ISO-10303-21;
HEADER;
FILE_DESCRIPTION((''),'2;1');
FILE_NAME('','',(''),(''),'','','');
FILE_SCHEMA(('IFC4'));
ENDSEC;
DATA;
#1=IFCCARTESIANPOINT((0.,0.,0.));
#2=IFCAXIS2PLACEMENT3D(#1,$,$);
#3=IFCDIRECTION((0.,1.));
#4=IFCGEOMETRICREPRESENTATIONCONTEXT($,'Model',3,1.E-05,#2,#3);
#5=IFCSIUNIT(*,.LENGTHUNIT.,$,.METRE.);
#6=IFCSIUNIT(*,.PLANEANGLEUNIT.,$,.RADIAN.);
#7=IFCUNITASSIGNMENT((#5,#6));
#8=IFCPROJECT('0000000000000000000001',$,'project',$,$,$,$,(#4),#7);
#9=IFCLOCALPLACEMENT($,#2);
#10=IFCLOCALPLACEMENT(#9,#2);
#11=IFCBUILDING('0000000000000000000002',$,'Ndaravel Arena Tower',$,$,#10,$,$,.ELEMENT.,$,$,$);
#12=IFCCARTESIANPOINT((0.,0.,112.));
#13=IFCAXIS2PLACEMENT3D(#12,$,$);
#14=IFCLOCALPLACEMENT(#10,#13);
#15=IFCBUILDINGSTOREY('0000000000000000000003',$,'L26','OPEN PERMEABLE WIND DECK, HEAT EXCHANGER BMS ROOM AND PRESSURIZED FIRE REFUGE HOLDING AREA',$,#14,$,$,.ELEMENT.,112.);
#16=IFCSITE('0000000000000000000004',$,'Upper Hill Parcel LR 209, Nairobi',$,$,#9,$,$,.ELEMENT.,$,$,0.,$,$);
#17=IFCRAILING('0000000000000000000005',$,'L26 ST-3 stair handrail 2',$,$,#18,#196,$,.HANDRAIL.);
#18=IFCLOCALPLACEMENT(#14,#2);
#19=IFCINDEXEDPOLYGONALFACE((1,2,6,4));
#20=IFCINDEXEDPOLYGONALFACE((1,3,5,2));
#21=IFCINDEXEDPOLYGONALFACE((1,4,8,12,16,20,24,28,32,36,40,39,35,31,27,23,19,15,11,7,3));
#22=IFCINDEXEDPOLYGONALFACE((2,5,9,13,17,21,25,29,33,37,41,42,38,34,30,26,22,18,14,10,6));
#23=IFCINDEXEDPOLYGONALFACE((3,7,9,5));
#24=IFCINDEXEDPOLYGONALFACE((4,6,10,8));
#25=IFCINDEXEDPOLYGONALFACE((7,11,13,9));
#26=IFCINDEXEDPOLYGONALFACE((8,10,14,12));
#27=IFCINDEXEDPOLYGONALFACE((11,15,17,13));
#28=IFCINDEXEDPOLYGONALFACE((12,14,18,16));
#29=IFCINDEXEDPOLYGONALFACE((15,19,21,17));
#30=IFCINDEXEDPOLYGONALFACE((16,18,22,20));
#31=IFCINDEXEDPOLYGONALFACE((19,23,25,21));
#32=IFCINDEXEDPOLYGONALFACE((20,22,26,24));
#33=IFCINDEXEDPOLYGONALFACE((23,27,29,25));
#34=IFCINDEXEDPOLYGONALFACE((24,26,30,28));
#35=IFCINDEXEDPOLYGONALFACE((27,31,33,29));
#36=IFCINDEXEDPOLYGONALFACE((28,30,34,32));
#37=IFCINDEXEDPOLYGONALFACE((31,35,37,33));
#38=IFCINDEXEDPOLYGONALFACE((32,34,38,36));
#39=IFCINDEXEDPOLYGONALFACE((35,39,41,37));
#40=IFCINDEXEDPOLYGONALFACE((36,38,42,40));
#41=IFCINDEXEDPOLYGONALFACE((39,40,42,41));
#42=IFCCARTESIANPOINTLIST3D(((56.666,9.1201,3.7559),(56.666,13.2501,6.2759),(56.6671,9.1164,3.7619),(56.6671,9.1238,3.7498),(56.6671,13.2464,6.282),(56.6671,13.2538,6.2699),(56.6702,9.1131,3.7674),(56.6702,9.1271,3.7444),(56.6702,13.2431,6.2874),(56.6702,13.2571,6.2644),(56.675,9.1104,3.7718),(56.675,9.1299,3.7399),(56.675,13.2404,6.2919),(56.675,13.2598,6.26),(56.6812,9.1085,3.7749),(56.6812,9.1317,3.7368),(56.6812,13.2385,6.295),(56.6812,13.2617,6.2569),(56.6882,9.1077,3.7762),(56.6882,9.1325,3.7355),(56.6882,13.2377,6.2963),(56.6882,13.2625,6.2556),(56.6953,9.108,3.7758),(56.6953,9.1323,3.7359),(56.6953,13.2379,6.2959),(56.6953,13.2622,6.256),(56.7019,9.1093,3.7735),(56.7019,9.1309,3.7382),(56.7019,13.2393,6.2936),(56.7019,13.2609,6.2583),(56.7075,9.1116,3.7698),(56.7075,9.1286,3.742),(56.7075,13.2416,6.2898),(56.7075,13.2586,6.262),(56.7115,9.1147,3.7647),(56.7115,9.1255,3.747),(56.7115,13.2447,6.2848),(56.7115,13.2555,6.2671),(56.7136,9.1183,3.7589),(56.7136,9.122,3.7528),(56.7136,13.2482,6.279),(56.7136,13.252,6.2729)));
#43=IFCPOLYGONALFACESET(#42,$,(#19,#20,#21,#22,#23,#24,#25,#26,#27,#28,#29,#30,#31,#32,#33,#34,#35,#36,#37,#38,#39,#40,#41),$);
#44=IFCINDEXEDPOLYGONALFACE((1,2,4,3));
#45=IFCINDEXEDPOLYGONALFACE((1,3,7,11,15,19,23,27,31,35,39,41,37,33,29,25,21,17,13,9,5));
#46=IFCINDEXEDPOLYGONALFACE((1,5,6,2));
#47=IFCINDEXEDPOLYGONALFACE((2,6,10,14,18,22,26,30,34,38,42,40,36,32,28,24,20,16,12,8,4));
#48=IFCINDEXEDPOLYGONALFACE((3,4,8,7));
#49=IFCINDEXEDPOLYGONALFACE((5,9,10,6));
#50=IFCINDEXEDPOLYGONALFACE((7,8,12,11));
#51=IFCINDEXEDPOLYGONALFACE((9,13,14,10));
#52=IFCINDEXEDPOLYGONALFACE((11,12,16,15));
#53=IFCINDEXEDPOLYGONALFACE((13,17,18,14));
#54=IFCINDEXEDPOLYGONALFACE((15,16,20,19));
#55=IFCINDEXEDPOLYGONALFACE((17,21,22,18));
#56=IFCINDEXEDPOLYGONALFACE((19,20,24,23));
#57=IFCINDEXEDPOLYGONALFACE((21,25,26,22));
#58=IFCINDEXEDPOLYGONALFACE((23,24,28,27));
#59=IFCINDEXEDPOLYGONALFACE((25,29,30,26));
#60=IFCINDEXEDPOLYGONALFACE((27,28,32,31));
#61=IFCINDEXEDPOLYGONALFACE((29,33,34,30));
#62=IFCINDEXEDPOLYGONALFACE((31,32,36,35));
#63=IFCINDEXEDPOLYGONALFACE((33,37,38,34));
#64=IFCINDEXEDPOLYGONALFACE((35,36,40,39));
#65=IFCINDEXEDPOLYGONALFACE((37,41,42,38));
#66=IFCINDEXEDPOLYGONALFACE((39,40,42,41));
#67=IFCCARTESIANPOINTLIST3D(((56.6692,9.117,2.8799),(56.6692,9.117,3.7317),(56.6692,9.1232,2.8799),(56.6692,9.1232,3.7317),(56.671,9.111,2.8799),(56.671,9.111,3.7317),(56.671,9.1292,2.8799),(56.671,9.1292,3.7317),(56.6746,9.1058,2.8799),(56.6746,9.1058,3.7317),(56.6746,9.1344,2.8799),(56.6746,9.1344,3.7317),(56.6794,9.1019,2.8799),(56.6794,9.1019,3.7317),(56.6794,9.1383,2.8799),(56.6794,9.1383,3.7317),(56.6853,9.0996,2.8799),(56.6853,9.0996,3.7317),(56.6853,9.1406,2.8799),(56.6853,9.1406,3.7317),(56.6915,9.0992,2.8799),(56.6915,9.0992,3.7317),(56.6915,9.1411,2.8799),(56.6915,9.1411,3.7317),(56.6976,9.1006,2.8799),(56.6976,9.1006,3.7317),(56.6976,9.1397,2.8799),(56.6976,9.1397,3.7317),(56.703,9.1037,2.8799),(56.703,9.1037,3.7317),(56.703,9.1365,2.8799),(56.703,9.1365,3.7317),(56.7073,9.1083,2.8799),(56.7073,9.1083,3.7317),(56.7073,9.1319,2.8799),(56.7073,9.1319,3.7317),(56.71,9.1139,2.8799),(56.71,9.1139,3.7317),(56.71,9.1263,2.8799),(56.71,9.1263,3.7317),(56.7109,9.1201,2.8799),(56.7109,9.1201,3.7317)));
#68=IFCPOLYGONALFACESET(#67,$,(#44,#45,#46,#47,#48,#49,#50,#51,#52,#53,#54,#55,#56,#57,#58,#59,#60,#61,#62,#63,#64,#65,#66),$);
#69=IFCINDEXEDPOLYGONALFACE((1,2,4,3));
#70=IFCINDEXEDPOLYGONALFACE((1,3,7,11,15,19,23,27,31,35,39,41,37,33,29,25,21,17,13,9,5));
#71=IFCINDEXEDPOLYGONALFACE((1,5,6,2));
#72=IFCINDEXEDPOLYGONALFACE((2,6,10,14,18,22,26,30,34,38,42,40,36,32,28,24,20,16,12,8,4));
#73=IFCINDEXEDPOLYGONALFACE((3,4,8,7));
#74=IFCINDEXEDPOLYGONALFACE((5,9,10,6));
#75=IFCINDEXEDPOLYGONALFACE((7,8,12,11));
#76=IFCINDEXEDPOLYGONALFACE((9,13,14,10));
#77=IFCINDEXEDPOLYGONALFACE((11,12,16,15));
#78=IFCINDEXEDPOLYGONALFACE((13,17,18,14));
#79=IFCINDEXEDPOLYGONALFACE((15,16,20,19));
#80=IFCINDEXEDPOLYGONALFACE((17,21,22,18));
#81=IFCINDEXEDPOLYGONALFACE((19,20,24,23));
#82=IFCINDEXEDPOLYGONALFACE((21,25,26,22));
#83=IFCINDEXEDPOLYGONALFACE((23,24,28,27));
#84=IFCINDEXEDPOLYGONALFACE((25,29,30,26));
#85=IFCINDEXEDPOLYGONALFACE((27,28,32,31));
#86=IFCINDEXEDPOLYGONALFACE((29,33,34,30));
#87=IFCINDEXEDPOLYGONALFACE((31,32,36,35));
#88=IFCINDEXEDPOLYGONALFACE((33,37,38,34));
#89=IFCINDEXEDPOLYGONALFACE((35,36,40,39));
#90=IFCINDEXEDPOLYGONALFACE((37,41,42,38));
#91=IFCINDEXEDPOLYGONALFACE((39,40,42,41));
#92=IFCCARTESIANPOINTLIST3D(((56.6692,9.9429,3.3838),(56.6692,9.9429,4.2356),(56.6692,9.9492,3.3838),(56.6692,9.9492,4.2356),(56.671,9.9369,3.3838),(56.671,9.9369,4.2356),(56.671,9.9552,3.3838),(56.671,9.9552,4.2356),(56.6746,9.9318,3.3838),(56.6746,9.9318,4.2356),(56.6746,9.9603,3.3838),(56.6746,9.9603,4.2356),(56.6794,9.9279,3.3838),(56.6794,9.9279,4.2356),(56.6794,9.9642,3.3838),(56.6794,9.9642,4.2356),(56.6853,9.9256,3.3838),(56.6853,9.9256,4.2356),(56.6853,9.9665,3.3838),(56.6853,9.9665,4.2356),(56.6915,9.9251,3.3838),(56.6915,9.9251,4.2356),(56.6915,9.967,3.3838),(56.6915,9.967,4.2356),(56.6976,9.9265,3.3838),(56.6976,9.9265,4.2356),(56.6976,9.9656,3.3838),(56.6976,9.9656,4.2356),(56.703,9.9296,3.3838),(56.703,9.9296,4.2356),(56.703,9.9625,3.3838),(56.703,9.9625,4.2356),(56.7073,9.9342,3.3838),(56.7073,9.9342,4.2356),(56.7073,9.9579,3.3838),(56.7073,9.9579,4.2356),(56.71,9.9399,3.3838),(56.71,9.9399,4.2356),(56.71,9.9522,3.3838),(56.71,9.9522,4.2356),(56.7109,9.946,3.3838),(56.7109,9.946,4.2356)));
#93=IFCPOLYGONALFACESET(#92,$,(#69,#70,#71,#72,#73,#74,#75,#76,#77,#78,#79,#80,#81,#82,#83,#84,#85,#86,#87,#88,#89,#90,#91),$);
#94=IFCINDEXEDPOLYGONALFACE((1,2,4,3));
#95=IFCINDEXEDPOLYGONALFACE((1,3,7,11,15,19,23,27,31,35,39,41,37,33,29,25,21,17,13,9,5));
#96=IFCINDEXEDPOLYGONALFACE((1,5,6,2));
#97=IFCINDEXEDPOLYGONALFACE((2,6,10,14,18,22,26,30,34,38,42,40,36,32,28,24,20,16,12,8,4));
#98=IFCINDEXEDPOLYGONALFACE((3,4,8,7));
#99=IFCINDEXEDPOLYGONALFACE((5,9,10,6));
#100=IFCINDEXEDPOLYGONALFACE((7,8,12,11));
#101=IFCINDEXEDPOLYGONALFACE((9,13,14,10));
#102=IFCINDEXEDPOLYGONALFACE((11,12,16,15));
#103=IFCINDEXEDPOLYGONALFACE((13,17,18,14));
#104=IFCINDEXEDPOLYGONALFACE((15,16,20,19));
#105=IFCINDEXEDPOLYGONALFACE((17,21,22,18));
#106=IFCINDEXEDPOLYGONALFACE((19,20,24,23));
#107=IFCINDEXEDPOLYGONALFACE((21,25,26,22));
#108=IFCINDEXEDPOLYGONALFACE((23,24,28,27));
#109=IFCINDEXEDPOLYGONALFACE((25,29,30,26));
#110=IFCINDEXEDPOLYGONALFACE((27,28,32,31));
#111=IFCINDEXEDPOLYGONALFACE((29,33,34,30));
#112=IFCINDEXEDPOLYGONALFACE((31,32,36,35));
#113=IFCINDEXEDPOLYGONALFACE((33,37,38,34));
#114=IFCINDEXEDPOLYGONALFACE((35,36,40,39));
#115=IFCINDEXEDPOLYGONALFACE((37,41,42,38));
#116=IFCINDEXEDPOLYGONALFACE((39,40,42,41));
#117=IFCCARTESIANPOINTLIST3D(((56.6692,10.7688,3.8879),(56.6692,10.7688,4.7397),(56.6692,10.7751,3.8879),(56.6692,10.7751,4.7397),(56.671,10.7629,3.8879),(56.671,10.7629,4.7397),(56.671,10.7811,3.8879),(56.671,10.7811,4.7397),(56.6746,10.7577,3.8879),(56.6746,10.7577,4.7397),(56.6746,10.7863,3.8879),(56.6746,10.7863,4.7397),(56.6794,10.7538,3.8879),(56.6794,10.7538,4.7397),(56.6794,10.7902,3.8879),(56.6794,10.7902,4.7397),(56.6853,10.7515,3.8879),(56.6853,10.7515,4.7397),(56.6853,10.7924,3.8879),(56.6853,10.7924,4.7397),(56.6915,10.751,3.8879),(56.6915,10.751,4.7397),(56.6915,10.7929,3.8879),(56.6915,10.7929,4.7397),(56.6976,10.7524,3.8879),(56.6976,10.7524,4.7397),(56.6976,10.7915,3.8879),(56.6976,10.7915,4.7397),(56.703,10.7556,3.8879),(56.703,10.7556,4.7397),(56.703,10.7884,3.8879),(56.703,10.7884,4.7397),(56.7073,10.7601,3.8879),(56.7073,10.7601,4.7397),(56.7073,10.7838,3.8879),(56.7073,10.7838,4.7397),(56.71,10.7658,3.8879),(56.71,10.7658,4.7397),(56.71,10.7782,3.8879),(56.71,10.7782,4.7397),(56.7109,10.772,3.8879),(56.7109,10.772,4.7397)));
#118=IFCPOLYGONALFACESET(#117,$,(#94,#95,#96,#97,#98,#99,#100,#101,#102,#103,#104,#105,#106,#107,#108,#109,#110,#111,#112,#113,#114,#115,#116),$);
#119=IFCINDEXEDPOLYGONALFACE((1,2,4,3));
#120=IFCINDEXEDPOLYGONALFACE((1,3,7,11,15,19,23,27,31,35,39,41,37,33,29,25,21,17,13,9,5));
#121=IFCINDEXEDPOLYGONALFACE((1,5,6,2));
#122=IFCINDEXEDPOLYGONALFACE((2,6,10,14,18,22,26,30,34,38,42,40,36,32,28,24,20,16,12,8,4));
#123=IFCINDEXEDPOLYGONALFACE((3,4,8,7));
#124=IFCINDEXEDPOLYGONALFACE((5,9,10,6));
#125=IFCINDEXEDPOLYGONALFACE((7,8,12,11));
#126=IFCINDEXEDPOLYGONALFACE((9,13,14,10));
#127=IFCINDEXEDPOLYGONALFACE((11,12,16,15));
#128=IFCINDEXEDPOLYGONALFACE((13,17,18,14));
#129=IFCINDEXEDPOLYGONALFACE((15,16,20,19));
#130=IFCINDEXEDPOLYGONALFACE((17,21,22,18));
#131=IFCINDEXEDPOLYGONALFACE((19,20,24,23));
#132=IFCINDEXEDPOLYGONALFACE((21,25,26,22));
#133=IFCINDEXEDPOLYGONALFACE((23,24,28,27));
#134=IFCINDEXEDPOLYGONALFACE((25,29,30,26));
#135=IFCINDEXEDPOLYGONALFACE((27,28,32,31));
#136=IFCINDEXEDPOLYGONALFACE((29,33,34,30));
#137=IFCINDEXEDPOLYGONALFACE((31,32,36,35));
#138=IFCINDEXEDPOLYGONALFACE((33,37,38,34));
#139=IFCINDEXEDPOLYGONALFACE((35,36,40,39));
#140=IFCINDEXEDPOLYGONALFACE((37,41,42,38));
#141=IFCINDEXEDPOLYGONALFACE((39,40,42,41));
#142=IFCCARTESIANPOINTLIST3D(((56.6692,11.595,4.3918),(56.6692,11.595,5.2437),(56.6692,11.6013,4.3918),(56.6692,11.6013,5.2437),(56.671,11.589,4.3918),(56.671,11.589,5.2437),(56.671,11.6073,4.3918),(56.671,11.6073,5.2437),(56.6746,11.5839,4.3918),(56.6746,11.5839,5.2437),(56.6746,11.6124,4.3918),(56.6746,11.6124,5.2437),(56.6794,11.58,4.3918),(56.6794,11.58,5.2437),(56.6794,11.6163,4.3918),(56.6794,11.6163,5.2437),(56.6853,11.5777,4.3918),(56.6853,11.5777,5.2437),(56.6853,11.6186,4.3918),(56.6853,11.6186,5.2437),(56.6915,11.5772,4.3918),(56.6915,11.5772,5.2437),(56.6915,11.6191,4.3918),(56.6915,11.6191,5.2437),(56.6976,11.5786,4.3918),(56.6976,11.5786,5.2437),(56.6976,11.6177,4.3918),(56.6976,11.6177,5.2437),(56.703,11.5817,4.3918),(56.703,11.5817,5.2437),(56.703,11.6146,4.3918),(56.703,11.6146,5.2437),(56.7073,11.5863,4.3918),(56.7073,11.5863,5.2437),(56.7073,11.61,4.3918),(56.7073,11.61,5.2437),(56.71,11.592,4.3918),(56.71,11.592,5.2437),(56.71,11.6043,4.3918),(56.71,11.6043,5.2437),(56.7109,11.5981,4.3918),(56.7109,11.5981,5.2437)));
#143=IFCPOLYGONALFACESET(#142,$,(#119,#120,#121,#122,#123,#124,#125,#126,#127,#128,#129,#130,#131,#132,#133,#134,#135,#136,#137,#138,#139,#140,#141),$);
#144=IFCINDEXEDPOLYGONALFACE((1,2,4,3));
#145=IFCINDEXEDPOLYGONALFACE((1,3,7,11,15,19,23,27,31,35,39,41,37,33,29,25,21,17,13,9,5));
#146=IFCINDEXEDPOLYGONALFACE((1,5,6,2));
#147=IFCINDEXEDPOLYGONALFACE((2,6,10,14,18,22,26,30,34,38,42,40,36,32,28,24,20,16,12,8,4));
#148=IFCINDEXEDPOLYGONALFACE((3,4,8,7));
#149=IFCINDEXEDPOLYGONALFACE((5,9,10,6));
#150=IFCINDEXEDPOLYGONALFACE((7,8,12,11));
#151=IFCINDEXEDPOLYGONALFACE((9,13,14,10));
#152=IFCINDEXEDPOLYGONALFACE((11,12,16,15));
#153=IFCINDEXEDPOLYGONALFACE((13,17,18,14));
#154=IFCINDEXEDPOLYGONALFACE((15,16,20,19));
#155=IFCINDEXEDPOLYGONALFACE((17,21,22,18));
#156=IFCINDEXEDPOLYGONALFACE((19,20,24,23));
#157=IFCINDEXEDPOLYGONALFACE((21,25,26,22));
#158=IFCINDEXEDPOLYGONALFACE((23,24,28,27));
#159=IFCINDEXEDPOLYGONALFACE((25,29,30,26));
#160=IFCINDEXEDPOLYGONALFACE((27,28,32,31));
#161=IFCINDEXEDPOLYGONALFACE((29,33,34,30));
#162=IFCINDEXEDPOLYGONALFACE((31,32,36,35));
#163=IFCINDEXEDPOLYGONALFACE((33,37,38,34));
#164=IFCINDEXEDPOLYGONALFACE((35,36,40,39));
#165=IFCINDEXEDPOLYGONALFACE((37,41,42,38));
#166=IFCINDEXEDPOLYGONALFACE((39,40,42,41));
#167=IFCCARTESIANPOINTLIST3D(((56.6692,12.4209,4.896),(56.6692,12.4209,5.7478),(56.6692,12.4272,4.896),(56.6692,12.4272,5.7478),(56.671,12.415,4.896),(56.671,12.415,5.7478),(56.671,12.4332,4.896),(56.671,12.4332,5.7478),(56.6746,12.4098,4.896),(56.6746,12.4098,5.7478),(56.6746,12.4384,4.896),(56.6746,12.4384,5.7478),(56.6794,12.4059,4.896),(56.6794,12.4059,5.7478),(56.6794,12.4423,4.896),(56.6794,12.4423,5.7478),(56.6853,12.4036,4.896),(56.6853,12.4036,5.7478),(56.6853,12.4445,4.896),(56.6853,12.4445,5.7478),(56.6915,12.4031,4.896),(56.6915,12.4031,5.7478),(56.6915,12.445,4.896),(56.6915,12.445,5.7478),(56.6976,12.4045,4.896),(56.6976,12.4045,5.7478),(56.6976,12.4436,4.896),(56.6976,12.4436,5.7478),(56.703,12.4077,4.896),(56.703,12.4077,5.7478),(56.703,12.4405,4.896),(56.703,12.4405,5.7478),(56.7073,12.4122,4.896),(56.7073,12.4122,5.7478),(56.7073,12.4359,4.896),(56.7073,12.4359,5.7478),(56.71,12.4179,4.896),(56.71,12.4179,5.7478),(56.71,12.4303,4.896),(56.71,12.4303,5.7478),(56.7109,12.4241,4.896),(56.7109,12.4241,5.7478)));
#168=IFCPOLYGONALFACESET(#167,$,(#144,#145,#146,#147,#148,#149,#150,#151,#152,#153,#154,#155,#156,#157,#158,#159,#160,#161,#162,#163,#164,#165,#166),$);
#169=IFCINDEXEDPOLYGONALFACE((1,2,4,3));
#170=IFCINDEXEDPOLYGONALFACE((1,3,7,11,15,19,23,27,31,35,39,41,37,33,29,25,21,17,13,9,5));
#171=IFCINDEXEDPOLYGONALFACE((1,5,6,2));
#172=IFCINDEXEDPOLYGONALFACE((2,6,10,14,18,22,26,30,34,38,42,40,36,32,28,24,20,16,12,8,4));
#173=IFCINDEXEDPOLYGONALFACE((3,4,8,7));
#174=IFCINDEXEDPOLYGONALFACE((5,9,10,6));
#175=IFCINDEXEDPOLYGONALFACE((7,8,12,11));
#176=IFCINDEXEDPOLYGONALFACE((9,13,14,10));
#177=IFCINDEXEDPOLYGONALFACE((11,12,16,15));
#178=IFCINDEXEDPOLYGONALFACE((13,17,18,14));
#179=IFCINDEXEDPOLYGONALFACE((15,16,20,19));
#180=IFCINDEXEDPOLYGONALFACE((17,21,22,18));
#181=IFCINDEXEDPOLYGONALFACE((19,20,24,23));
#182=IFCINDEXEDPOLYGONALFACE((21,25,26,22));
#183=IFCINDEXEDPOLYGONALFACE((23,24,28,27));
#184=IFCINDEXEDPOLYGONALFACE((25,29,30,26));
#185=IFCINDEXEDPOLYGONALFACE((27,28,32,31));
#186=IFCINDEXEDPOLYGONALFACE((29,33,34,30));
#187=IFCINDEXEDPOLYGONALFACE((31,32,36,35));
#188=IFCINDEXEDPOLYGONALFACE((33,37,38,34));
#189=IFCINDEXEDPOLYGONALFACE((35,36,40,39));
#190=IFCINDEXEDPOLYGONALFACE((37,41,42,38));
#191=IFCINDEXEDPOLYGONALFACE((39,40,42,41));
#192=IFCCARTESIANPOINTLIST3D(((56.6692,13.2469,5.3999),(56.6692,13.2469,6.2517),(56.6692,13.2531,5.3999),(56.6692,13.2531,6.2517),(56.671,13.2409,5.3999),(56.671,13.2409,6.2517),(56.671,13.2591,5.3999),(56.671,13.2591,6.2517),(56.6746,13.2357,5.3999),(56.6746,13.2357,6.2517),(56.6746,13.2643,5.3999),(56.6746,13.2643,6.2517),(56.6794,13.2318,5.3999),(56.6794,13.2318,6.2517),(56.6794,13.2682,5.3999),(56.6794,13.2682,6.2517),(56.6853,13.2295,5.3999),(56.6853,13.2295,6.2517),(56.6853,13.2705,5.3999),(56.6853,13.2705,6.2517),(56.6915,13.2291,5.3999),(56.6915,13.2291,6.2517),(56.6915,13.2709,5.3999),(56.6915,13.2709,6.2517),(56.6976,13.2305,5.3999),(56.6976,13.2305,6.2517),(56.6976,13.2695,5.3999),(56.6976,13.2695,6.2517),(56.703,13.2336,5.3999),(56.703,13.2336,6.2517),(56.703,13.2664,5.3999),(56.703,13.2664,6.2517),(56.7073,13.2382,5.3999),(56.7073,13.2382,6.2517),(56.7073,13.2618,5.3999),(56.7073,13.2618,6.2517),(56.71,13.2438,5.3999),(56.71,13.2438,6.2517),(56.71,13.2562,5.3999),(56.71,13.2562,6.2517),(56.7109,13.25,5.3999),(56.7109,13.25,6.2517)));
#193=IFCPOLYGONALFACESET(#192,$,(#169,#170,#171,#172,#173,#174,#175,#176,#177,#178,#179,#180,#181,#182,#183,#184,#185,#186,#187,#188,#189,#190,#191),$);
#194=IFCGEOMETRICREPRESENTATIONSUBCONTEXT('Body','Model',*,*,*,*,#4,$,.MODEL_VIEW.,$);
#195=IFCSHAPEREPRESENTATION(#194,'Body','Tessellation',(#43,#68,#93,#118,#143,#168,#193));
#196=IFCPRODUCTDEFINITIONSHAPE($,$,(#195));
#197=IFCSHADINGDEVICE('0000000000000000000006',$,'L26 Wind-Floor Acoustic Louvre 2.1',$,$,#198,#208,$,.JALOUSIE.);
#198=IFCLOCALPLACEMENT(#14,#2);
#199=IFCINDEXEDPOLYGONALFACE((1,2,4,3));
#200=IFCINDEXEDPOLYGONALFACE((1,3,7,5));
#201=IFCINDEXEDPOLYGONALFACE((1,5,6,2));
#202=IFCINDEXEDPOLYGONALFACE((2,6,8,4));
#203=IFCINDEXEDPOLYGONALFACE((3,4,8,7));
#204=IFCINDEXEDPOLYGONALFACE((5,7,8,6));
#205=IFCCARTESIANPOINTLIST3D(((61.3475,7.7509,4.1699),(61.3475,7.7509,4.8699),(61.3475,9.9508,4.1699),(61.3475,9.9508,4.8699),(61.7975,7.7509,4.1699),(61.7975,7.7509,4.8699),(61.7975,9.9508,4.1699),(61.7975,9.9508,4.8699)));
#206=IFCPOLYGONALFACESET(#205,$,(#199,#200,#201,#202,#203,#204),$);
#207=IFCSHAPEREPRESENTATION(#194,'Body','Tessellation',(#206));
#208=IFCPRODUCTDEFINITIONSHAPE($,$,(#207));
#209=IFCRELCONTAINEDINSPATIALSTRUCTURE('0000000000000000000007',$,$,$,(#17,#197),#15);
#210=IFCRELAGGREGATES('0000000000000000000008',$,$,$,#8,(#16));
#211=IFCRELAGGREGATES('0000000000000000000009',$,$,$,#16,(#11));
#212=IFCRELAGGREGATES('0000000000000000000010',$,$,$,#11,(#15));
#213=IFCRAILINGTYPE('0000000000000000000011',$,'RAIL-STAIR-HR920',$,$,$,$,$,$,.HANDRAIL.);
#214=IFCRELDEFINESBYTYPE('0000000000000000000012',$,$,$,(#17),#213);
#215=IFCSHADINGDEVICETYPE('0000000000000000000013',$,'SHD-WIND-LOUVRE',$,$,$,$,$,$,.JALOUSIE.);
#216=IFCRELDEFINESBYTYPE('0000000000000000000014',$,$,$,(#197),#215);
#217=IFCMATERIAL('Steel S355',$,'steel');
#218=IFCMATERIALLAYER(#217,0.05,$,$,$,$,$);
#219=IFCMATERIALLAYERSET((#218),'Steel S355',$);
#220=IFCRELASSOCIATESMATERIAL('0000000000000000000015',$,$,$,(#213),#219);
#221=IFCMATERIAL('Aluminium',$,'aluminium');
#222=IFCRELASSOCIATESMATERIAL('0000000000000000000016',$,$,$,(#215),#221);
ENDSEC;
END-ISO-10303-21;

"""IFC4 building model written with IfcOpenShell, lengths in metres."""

from ifc_helpers import new_model, si_unit, direction, frame, origin, origin_2d, place, context, subcontext, project, spatial, rectangle, circle, extrude, material, layer, layer_set, type_object, element, save


model = new_model("IFC4")

# Units and contexts
model_context = context("Model", 3, precision=1e-05, world=origin(), true_north=direction((0.0, 1.0)))
body_context = subcontext(model_context, "Body", "Model", "MODEL_VIEW")
ifc_project = project(units=[si_unit("LENGTHUNIT", "METRE"), si_unit("PLANEANGLEUNIT", "RADIAN")], contexts=[model_context])

# Site, building, storey
site_placement = place(None, origin())
site = spatial("IfcSite", under=ifc_project, at=site_placement, Name="Upper Hill Parcel LR 209, Nairobi", CompositionType="ELEMENT", RefElevation=0.0)
building_placement = place(site_placement, origin())
building = spatial("IfcBuilding", under=site, at=building_placement, Name="Ndaravel Arena Tower", CompositionType="ELEMENT")
storey_placement = place(building_placement, frame((0.0, 0.0, 112.0)))
storey = spatial("IfcBuildingStorey", under=building, at=storey_placement, Name="L26", Description="OPEN PERMEABLE WIND DECK, HEAT EXCHANGER BMS ROOM AND PRESSURIZED FIRE REFUGE HOLDING AREA", CompositionType="ELEMENT", Elevation=112.0)

# Railing
ifc_material_1 = material(Name="Steel S355", Category="steel")
ifc_layer_1 = layer(ifc_material_1, 0.05)
ifc_layer_set_1 = layer_set([ifc_layer_1], Name="Steel S355")
railing_type_1 = type_object("IfcRailingType", Name="RAIL-STAIR-HR920", PredefinedType="HANDRAIL", material=ifc_layer_set_1)
railing_1_placement = place(storey_placement, frame((56.6899, 9.1201, 2.8799)))
element("IfcRailing", 1, at=railing_1_placement, inside=storey, type_object=railing_type_1, Name="L26 ST-3 stair handrail 2", PredefinedType="HANDRAIL", context=body_context, shape_type="SweptSolid", body=[
    extrude(circle(Radius=0.0239, at=origin_2d()), frame((0.0, 0.0, 0.876), z_axis=(0.0, 0.853631, 0.520878), x_axis=(-1.0, 0.0, 0.0)), (0.0, 0.0, 1.0), 4.8381),
    extrude(circle(Radius=0.021, at=origin_2d()), origin(), (0.0, 0.0, 1.0), 0.8518),
    extrude(circle(Radius=0.021, at=origin_2d()), frame((0.0, 0.8259, 0.5039)), (0.0, 0.0, 1.0), 0.8518),
    extrude(circle(Radius=0.021, at=origin_2d()), frame((0.0, 1.6519, 1.0081)), (0.0, 0.0, 1.0), 0.8518),
    extrude(circle(Radius=0.021, at=origin_2d()), frame((0.0, 2.478, 1.512)), (0.0, 0.0, 1.0), 0.8518),
    extrude(circle(Radius=0.021, at=origin_2d()), frame((0.0, 3.304, 2.0161)), (0.0, 0.0, 1.0), 0.8518),
    extrude(circle(Radius=0.021, at=origin_2d()), frame((0.0, 4.1299, 2.52)), (0.0, 0.0, 1.0), 0.8518),
])

# Shading device
ifc_material_2 = material(Name="Aluminium", Category="aluminium")
shading_device_type = type_object("IfcShadingDeviceType", Name="SHD-WIND-LOUVRE", PredefinedType="JALOUSIE", material=ifc_material_2)
for number, where, z_axis, x_axis, name in (
    (2, (61.5725, 8.8508, 4.1699), (0.0, 0.0, 1.0), (1.0, 0.0, 0.0), "L26 Wind-Floor Acoustic Louvre 2.1"),
):
    element("IfcShadingDevice", number, at=place(storey_placement, frame(where, z_axis=z_axis, x_axis=x_axis)), inside=storey, type_object=shading_device_type, Name=name, PredefinedType="JALOUSIE", context=body_context, shape_type="SweptSolid", body=[
        extrude(rectangle(XDim=0.45, YDim=2.2, at=origin_2d()), origin(), (0.0, 0.0, 1.0), 0.7),
    ])

save(model, "model.ifc")
